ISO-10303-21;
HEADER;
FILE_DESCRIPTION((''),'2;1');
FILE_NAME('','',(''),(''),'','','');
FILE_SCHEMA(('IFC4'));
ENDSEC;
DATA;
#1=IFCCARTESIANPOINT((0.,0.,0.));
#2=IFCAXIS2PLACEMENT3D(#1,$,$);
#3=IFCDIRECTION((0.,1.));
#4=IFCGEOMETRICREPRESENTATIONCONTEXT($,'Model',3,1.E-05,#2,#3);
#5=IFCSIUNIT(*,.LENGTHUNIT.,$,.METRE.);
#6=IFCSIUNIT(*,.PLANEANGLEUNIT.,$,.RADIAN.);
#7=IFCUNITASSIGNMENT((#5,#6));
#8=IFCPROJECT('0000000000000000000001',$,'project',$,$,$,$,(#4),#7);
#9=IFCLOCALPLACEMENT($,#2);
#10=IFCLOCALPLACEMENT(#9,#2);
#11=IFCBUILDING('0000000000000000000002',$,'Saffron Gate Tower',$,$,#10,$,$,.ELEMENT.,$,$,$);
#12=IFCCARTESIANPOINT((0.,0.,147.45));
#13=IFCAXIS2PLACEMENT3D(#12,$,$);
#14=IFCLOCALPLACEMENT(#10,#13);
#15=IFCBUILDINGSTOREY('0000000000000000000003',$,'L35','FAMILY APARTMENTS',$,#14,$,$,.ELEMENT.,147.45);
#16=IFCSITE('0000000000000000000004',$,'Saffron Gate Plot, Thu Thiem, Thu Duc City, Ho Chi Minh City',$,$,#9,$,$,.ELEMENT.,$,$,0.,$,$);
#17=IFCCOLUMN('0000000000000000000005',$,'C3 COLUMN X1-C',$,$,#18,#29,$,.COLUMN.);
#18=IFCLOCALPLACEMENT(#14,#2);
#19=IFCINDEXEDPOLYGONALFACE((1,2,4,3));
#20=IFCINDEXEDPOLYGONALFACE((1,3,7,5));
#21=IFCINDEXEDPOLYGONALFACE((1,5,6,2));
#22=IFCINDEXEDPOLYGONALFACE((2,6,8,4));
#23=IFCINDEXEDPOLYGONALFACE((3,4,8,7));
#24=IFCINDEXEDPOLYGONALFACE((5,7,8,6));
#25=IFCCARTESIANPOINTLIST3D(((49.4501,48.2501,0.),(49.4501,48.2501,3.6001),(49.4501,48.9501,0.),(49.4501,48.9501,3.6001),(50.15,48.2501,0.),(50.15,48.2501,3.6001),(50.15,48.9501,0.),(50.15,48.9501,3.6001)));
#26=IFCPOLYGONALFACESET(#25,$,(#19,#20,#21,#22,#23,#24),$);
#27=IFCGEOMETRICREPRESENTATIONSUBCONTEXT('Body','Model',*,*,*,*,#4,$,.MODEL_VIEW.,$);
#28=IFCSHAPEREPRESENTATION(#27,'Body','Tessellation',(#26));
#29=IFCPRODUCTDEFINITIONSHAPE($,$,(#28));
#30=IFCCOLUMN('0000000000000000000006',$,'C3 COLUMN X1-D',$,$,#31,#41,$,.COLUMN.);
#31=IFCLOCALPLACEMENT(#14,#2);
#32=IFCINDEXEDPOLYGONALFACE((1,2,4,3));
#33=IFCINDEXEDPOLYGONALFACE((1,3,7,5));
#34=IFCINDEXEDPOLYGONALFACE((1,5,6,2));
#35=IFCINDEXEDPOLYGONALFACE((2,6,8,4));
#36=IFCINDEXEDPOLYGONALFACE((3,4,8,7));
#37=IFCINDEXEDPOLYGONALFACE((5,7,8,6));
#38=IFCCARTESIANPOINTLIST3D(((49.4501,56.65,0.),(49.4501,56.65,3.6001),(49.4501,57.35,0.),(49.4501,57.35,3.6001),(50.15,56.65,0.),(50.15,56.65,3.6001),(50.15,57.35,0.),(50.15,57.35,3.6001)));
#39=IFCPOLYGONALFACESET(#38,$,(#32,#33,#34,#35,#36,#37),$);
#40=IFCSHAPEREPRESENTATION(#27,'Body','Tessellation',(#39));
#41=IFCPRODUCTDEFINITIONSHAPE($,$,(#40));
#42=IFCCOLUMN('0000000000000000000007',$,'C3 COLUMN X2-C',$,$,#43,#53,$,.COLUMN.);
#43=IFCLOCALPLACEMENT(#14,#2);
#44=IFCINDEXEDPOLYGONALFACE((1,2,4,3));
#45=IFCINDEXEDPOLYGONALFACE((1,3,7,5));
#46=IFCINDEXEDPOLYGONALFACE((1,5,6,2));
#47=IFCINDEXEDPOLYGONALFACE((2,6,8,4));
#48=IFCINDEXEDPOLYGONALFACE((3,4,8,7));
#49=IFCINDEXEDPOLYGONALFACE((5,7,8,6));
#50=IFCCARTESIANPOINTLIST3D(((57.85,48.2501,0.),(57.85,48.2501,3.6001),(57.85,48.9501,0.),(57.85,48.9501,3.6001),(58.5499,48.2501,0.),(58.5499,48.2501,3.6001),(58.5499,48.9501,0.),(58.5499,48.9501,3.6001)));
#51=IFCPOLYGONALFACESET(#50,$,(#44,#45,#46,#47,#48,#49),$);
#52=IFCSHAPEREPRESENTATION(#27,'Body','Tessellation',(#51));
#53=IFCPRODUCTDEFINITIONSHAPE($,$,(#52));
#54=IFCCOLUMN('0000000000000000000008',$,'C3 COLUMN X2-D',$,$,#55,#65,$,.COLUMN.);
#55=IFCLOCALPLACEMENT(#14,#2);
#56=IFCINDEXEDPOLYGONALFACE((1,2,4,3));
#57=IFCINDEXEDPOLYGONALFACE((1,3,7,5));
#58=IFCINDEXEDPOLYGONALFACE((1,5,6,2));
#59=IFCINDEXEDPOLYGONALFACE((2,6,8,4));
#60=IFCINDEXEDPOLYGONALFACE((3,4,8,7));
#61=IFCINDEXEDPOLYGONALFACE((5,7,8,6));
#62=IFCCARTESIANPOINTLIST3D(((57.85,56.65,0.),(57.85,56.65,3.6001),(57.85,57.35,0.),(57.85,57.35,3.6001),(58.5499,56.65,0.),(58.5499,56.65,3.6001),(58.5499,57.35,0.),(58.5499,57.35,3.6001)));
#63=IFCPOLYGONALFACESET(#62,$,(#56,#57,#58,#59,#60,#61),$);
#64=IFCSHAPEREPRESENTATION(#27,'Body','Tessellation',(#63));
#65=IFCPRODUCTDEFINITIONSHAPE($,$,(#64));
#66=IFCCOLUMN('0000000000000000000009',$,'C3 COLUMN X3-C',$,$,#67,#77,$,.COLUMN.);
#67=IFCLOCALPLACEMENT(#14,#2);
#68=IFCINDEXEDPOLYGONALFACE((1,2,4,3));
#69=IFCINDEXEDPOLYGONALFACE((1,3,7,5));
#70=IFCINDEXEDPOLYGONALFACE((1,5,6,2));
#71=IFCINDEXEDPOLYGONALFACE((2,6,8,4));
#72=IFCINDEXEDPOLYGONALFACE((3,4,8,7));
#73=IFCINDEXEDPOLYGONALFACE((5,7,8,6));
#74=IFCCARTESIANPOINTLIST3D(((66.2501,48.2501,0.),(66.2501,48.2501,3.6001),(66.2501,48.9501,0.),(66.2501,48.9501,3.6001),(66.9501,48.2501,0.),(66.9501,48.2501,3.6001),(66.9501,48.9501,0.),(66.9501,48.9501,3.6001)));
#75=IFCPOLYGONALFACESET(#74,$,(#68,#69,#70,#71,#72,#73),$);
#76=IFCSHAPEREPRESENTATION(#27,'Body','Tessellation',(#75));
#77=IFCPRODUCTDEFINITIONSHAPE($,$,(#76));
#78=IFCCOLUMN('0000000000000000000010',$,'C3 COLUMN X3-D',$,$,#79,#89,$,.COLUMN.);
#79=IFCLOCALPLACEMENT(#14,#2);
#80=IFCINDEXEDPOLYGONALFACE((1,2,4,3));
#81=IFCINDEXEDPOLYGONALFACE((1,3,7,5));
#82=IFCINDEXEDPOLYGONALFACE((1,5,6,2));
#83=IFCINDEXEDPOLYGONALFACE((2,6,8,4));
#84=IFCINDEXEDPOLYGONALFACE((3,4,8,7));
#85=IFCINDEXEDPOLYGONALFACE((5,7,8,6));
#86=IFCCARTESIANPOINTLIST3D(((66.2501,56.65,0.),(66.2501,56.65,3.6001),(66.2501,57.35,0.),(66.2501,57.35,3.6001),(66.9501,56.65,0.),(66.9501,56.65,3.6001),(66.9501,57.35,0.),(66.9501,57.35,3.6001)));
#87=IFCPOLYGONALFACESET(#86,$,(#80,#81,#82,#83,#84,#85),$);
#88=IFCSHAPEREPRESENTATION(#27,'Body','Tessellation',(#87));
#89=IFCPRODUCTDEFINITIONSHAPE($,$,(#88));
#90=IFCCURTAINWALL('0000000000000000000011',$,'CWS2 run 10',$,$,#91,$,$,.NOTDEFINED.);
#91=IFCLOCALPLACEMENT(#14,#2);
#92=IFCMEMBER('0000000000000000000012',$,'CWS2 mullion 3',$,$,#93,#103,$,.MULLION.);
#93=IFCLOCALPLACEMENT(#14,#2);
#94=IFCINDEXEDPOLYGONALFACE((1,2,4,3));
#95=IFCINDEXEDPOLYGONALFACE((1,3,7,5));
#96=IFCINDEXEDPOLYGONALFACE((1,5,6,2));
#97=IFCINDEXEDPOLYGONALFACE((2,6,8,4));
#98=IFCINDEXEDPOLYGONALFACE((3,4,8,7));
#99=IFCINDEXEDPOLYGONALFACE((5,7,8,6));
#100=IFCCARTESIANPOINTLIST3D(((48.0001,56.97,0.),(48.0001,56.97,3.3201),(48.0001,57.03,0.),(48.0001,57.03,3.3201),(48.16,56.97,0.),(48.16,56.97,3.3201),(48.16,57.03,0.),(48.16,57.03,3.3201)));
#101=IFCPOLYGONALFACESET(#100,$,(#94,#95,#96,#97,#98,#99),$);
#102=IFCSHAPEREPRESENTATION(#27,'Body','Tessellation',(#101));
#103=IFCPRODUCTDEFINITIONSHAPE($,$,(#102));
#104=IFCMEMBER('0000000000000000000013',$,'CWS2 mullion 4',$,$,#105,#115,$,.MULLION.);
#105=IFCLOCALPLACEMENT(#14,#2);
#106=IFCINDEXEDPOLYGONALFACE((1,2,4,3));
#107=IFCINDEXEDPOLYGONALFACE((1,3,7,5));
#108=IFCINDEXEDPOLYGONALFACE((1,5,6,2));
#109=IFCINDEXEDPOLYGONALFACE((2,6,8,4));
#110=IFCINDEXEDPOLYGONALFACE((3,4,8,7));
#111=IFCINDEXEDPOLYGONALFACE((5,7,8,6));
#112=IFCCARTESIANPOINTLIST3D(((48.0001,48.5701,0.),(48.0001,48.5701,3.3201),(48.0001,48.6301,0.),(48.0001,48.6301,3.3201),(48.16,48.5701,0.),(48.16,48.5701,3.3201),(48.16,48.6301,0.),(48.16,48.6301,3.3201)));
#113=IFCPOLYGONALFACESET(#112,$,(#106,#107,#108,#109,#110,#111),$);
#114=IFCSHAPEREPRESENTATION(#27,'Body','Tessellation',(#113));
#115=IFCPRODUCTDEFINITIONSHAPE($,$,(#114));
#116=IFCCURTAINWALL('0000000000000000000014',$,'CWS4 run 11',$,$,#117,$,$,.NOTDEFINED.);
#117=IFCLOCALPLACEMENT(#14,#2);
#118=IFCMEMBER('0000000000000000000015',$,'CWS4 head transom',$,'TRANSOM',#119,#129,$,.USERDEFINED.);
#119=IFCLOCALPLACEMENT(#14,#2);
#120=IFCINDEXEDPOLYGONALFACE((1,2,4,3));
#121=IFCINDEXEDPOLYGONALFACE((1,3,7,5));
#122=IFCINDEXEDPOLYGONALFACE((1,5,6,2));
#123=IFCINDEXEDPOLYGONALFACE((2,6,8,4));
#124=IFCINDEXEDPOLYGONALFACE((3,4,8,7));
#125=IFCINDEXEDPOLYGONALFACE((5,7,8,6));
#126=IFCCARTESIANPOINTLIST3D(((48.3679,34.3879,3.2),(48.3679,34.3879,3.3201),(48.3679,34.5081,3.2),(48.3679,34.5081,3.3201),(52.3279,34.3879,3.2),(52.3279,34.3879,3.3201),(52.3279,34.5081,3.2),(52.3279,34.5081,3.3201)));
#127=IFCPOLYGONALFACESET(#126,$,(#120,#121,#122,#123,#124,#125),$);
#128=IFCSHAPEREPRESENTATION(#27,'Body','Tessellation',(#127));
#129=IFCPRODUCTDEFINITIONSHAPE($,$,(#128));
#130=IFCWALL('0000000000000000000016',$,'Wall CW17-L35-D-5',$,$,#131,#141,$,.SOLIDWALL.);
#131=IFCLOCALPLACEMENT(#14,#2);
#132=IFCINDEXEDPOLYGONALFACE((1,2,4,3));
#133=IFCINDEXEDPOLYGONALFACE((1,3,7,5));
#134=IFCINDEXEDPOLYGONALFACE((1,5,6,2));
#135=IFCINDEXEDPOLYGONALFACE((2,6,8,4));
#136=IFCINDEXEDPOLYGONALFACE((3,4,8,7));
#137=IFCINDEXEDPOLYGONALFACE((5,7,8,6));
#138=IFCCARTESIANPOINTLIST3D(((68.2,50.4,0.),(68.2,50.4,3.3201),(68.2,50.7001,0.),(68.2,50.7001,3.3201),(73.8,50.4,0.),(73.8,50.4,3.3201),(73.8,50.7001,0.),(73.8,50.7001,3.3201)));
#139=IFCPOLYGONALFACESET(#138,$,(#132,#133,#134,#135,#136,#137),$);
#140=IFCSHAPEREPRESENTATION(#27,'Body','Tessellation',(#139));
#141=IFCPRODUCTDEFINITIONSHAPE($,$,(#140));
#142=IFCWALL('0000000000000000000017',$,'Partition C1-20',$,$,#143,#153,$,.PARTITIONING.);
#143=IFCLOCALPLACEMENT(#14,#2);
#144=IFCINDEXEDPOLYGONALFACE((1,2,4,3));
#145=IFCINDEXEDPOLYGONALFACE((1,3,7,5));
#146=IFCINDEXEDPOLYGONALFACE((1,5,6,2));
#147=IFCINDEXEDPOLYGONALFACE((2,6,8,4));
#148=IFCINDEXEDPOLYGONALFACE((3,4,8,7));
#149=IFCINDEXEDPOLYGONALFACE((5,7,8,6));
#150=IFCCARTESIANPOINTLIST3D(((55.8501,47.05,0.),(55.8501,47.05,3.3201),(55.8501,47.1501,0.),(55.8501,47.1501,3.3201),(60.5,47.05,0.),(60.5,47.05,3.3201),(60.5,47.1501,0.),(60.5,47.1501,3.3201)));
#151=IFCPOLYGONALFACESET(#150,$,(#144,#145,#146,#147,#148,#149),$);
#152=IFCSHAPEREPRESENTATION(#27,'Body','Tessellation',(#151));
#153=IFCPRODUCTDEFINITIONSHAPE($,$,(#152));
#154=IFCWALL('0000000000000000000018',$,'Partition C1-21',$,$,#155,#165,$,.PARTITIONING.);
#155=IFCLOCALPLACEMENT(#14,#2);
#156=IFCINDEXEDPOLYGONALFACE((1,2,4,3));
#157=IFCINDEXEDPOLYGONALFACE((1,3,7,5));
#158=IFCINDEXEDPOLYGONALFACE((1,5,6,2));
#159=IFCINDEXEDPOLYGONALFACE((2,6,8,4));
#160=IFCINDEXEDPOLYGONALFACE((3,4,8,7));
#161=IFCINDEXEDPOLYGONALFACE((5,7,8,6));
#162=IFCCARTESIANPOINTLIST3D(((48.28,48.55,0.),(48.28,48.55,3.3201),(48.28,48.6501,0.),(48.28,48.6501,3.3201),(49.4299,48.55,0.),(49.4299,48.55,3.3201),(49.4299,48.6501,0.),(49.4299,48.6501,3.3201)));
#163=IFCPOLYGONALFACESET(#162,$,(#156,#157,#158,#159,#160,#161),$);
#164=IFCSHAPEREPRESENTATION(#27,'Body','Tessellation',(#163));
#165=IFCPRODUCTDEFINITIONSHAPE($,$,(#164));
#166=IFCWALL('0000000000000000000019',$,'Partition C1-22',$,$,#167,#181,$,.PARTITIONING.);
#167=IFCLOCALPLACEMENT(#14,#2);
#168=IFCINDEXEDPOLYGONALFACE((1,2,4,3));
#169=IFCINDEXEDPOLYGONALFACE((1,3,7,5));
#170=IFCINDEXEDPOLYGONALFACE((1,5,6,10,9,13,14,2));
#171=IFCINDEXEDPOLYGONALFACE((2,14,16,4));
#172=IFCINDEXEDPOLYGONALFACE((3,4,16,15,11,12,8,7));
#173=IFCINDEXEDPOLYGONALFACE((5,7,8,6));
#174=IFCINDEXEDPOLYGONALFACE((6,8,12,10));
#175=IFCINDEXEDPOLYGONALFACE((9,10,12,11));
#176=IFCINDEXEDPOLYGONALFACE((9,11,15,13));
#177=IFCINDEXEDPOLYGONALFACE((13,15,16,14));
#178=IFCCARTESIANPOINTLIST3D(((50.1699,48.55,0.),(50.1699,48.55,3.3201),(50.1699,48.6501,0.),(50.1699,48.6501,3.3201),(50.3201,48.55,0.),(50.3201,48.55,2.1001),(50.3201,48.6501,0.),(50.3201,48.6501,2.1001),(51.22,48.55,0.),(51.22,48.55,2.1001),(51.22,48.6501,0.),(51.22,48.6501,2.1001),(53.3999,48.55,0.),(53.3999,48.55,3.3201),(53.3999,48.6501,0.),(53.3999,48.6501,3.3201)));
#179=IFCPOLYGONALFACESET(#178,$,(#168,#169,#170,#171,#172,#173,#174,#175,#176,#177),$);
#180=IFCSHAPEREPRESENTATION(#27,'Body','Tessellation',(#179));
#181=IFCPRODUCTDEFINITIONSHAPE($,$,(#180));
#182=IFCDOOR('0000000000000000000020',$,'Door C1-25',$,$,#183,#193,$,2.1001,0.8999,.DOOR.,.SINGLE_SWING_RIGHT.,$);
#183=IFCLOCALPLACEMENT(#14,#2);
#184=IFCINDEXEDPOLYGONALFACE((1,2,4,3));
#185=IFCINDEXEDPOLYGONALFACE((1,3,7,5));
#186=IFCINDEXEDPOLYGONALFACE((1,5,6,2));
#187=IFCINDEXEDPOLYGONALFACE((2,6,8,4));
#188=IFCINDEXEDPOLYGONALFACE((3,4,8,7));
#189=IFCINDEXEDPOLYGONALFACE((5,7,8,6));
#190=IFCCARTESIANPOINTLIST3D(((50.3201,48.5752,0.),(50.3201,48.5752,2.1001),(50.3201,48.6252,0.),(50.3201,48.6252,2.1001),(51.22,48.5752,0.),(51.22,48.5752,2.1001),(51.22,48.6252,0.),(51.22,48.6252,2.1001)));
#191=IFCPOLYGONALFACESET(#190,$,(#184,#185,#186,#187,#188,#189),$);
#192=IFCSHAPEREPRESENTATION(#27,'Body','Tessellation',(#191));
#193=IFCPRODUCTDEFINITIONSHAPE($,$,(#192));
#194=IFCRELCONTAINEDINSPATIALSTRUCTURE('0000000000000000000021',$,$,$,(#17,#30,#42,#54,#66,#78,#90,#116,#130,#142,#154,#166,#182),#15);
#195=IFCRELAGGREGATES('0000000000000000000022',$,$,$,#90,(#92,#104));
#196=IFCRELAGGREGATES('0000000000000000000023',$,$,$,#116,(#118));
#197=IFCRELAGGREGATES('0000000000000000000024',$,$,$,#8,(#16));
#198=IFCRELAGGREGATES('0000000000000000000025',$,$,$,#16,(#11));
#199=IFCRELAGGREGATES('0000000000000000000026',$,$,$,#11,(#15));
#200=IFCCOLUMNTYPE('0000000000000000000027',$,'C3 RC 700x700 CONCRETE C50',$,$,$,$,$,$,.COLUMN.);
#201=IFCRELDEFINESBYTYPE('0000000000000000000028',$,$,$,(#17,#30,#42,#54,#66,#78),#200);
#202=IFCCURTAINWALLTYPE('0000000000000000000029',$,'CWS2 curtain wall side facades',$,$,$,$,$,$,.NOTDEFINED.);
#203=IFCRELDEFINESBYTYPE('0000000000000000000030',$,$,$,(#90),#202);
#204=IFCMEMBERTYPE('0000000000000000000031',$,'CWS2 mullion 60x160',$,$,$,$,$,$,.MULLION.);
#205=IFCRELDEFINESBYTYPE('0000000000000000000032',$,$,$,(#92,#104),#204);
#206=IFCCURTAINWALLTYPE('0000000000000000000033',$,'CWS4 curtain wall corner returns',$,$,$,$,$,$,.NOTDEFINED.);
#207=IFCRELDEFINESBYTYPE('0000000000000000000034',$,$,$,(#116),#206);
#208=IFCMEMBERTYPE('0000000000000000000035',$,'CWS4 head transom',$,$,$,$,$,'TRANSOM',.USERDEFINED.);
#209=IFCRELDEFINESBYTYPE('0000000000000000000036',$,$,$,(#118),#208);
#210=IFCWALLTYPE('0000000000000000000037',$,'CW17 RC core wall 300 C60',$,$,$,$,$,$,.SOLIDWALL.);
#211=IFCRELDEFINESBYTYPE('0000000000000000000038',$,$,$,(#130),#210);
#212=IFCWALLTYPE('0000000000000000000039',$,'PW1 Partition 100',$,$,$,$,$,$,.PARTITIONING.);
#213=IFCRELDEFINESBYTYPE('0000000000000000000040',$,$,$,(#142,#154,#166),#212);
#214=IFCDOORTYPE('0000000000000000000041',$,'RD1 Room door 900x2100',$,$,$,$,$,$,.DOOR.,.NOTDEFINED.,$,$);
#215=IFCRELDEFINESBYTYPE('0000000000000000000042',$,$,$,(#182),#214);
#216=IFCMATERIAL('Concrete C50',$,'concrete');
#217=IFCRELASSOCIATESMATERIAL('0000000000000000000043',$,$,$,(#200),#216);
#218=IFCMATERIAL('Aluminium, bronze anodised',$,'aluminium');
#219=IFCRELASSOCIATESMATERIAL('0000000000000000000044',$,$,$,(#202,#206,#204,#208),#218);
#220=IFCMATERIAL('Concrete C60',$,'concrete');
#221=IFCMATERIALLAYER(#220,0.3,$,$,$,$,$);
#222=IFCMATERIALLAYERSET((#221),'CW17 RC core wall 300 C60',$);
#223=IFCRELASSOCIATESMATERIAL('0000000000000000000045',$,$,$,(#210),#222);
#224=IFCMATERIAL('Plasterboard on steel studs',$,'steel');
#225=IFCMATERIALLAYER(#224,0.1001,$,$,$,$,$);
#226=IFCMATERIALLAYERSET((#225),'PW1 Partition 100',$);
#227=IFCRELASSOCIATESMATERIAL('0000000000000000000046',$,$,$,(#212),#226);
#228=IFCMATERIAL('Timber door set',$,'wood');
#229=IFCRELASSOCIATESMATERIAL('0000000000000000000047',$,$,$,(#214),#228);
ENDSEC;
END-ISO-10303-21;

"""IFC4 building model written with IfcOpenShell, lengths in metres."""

from ifc_helpers import new_model, si_unit, direction, frame, frame_2d, origin, origin_2d, place, context, subcontext, project, spatial, rectangle, extrude, material, layer, layer_set, material_profile, profile_set, type_object, element, fill, aggregate, save


model = new_model("IFC4")

# Units and contexts
model_context = context("Model", 3, precision=1e-05, world=origin(), true_north=direction((0.0, 1.0)))
body_context = subcontext(model_context, "Body", "Model", "MODEL_VIEW")
ifc_project = project(units=[si_unit("LENGTHUNIT", "METRE"), si_unit("PLANEANGLEUNIT", "RADIAN")], contexts=[model_context])

# Site, building, storey
site_placement = place(None, origin())
site = spatial("IfcSite", under=ifc_project, at=site_placement, Name="Saffron Gate Plot, Thu Thiem, Thu Duc City, Ho Chi Minh City", CompositionType="ELEMENT", RefElevation=0.0)
building_placement = place(site_placement, origin())
building = spatial("IfcBuilding", under=site, at=building_placement, Name="Saffron Gate Tower", CompositionType="ELEMENT")
storey_placement = place(building_placement, frame((0.0, 0.0, 147.45)))
storey = spatial("IfcBuildingStorey", under=building, at=storey_placement, Name="L35", Description="FAMILY APARTMENTS", CompositionType="ELEMENT", Elevation=147.45)

# Columns
ifc_material_1 = material(Name="Concrete C50", Category="concrete")
ifc_material_profile_1 = material_profile(ifc_material_1, rectangle(XDim=0.7, YDim=0.7, at=origin_2d()))
ifc_profile_set_1 = profile_set([ifc_material_profile_1], Name="Concrete C50")
column_type = type_object("IfcColumnType", Name="C3 RC 700x700 CONCRETE C50", PredefinedType="COLUMN", material=ifc_profile_set_1)
for number, where, z_axis, x_axis, name in (
    (1, (49.8, 48.6001, 0.0), (0.0, 0.0, 1.0), (1.0, 0.0, 0.0), "C3 COLUMN X1-C"),
    (2, (49.8, 57.0, 0.0), (0.0, 0.0, 1.0), (1.0, 0.0, 0.0), "C3 COLUMN X1-D"),
    (3, (58.2, 48.6001, 0.0), (0.0, 0.0, 1.0), (1.0, 0.0, 0.0), "C3 COLUMN X2-C"),
    (4, (58.2, 57.0, 0.0), (0.0, 0.0, 1.0), (1.0, 0.0, 0.0), "C3 COLUMN X2-D"),
    (5, (66.6001, 48.6001, 0.0), (0.0, 0.0, 1.0), (1.0, 0.0, 0.0), "C3 COLUMN X3-C"),
    (6, (66.6001, 57.0, 0.0), (0.0, 0.0, 1.0), (1.0, 0.0, 0.0), "C3 COLUMN X3-D"),
):
    element("IfcColumn", number, at=place(storey_placement, frame(where, z_axis=z_axis, x_axis=x_axis)), inside=storey, type_object=column_type, Name=name, PredefinedType="COLUMN", context=body_context, shape_type="SweptSolid", body=[
        extrude(rectangle(XDim=0.7, YDim=0.7, at=origin_2d()), origin(), (0.0, 0.0, 1.0), 3.6001),
    ])

# Curtain wall, members
ifc_material_2 = material(Name="Aluminium, bronze anodised", Category="aluminium")
curtain_wall_type_1 = type_object("IfcCurtainWallType", Name="CWS2 curtain wall side facades", PredefinedType="NOTDEFINED", material=ifc_material_2)
curtain_wall_1_placement = place(storey_placement, origin())
curtain_wall_1 = element("IfcCurtainWall", 7, at=curtain_wall_1_placement, inside=storey, type_object=curtain_wall_type_1, Name="CWS2 run 10", PredefinedType="NOTDEFINED")
ifc_material_profile_2 = material_profile(ifc_material_2, rectangle(XDim=0.1599, YDim=0.0601, at=origin_2d()))
ifc_profile_set_2 = profile_set([ifc_material_profile_2], Name="Aluminium, bronze anodised")
member_type_1 = type_object("IfcMemberType", Name="CWS2 mullion 60x160", PredefinedType="MULLION", material=ifc_profile_set_2)
member_1_placement = place(storey_placement, frame((48.0801, 57.0, 0.0), z_axis=(0.0, 0.0, 1.0), x_axis=(1.0, 0.0, 0.0)))
member_1 = element("IfcMember", 8, at=member_1_placement, type_object=member_type_1, Name="CWS2 mullion 3", PredefinedType="MULLION", context=body_context, shape_type="SweptSolid", body=[
    extrude(rectangle(XDim=0.1599, YDim=0.0601, at=origin_2d()), origin(), (0.0, 0.0, 1.0), 3.3201),
])
member_2_placement = place(storey_placement, frame((48.0801, 48.6001, 0.0), z_axis=(0.0, 0.0, 1.0), x_axis=(1.0, 0.0, 0.0)))
member_2 = element("IfcMember", 9, at=member_2_placement, type_object=member_type_1, Name="CWS2 mullion 4", PredefinedType="MULLION", context=body_context, shape_type="SweptSolid", body=[
    extrude(rectangle(XDim=0.1599, YDim=0.0601, at=origin_2d()), origin(), (0.0, 0.0, 1.0), 3.3201),
])
aggregate(curtain_wall_1, [member_1, member_2])

# Curtain wall, member
curtain_wall_type_2 = type_object("IfcCurtainWallType", Name="CWS4 curtain wall corner returns", PredefinedType="NOTDEFINED", material=ifc_material_2)
curtain_wall_2_placement = place(storey_placement, origin())
curtain_wall_2 = element("IfcCurtainWall", 10, at=curtain_wall_2_placement, inside=storey, type_object=curtain_wall_type_2, Name="CWS4 run 11", PredefinedType="NOTDEFINED")
ifc_material_profile_3 = material_profile(ifc_material_2, rectangle(XDim=0.1201, YDim=0.1201, at=origin_2d()))
ifc_profile_set_3 = profile_set([ifc_material_profile_3], Name="Aluminium, bronze anodised")
member_type_2 = type_object("IfcMemberType", Name="CWS4 head transom", ElementType="TRANSOM", PredefinedType="USERDEFINED", material=ifc_profile_set_3)
member_3_placement = place(storey_placement, frame((48.3679, 34.448, 3.26), z_axis=(1.0, 0.0, 0.0), x_axis=(0.0, 1.0, 0.0)))
member_3 = element("IfcMember", 11, at=member_3_placement, type_object=member_type_2, Name="CWS4 head transom", ObjectType="TRANSOM", PredefinedType="USERDEFINED", context=body_context, shape_type="SweptSolid", body=[
    extrude(rectangle(XDim=0.1201, YDim=0.1201, at=origin_2d()), origin(), (0.0, 0.0, 1.0), 3.96),
])
aggregate(curtain_wall_2, [member_3])

# Walls
ifc_material_3 = material(Name="Concrete C60", Category="concrete")
ifc_layer_1 = layer(ifc_material_3, 0.3)
ifc_layer_set_1 = layer_set([ifc_layer_1], Name="CW17 RC core wall 300 C60")
wall_type_1 = type_object("IfcWallType", Name="CW17 RC core wall 300 C60", PredefinedType="SOLIDWALL", material=ifc_layer_set_1)
wall_1_placement = place(storey_placement, frame((68.2, 50.55, 0.0), z_axis=(0.0, 0.0, 1.0), x_axis=(1.0, 0.0, 0.0)))
element("IfcWall", 12, at=wall_1_placement, inside=storey, type_object=wall_type_1, Name="Wall CW17-L35-D-5", PredefinedType="SOLIDWALL", context=body_context, shape_type="SweptSolid", body=[
    extrude(rectangle(XDim=5.6001, YDim=0.3, at=frame_2d((2.8, 0.0))), origin(), (0.0, 0.0, 1.0), 3.3201),
])
ifc_material_4 = material(Name="Plasterboard on steel studs", Category="steel")
ifc_layer_2 = layer(ifc_material_4, 0.1001)
ifc_layer_set_2 = layer_set([ifc_layer_2], Name="PW1 Partition 100")
wall_type_2 = type_object("IfcWallType", Name="PW1 Partition 100", PredefinedType="PARTITIONING", material=ifc_layer_set_2)
wall_2_placement = place(storey_placement, frame((55.8501, 47.1001, 0.0), z_axis=(0.0, 0.0, 1.0), x_axis=(1.0, 0.0, 0.0)))
element("IfcWall", 13, at=wall_2_placement, inside=storey, type_object=wall_type_2, Name="Partition C1-20", PredefinedType="PARTITIONING", context=body_context, shape_type="SweptSolid", body=[
    extrude(rectangle(XDim=4.6499, YDim=0.1001, at=frame_2d((2.325, 0.0))), origin(), (0.0, 0.0, 1.0), 3.3201),
])
wall_3_placement = place(storey_placement, frame((48.28, 48.6001, 0.0), z_axis=(0.0, 0.0, 1.0), x_axis=(1.0, 0.0, 0.0)))
element("IfcWall", 14, at=wall_3_placement, inside=storey, type_object=wall_type_2, Name="Partition C1-21", PredefinedType="PARTITIONING", context=body_context, shape_type="SweptSolid", body=[
    extrude(rectangle(XDim=1.1499, YDim=0.1001, at=frame_2d((0.575, 0.0))), origin(), (0.0, 0.0, 1.0), 3.3201),
])

# Wall, opening, door
wall_4_placement = place(storey_placement, frame((53.3999, 48.6001, 0.0), z_axis=(0.0, 0.0, 1.0), x_axis=(-1.0, 0.0, 0.0)))
wall_4 = element("IfcWall", 15, at=wall_4_placement, inside=storey, type_object=wall_type_2, Name="Partition C1-22", PredefinedType="PARTITIONING", context=body_context, shape_type="SweptSolid", body=[
    extrude(rectangle(XDim=3.23, YDim=0.1001, at=frame_2d((1.615, 0.0))), origin(), (0.0, 0.0, 1.0), 3.3201),
])
opening_1_placement = place(wall_4_placement, frame((2.1799, 0.0, 0.0)))
opening_1 = element("IfcOpeningElement", 16, at=opening_1_placement, cuts=wall_4, PredefinedType="OPENING", context=body_context, shape_type="SweptSolid", body=[
    extrude(rectangle(XDim=0.8999, YDim=2.1001, at=frame_2d((0.45, 1.05))), frame((0.0, 0.0601, 0.0), z_axis=(0.0, -1.0, 0.0), x_axis=(1.0, 0.0, 0.0)), (0.0, 0.0, 1.0), 0.1201),
])
ifc_material_5 = material(Name="Timber door set", Category="wood")
door_type_1 = type_object("IfcDoorType", Name="RD1 Room door 900x2100", OperationType="NOTDEFINED", PredefinedType="DOOR", material=ifc_material_5)
door_1_placement = place(opening_1_placement, origin())
door_1 = element("IfcDoor", 17, at=door_1_placement, inside=storey, type_object=door_type_1, Name="Door C1-25", OperationType="SINGLE_SWING_RIGHT", OverallHeight=2.1001, OverallWidth=0.8999, PredefinedType="DOOR", context=body_context, shape_type="SweptSolid", body=[
    extrude(rectangle(XDim=0.8999, YDim=2.1001, at=frame_2d((0.45, 1.05))), frame((0.0, 0.0249, 0.0), z_axis=(0.0, -1.0, 0.0), x_axis=(1.0, 0.0, 0.0)), (0.0, 0.0, 1.0), 0.05),
])
fill(opening_1, door_1)

save(model, "model.ifc")
